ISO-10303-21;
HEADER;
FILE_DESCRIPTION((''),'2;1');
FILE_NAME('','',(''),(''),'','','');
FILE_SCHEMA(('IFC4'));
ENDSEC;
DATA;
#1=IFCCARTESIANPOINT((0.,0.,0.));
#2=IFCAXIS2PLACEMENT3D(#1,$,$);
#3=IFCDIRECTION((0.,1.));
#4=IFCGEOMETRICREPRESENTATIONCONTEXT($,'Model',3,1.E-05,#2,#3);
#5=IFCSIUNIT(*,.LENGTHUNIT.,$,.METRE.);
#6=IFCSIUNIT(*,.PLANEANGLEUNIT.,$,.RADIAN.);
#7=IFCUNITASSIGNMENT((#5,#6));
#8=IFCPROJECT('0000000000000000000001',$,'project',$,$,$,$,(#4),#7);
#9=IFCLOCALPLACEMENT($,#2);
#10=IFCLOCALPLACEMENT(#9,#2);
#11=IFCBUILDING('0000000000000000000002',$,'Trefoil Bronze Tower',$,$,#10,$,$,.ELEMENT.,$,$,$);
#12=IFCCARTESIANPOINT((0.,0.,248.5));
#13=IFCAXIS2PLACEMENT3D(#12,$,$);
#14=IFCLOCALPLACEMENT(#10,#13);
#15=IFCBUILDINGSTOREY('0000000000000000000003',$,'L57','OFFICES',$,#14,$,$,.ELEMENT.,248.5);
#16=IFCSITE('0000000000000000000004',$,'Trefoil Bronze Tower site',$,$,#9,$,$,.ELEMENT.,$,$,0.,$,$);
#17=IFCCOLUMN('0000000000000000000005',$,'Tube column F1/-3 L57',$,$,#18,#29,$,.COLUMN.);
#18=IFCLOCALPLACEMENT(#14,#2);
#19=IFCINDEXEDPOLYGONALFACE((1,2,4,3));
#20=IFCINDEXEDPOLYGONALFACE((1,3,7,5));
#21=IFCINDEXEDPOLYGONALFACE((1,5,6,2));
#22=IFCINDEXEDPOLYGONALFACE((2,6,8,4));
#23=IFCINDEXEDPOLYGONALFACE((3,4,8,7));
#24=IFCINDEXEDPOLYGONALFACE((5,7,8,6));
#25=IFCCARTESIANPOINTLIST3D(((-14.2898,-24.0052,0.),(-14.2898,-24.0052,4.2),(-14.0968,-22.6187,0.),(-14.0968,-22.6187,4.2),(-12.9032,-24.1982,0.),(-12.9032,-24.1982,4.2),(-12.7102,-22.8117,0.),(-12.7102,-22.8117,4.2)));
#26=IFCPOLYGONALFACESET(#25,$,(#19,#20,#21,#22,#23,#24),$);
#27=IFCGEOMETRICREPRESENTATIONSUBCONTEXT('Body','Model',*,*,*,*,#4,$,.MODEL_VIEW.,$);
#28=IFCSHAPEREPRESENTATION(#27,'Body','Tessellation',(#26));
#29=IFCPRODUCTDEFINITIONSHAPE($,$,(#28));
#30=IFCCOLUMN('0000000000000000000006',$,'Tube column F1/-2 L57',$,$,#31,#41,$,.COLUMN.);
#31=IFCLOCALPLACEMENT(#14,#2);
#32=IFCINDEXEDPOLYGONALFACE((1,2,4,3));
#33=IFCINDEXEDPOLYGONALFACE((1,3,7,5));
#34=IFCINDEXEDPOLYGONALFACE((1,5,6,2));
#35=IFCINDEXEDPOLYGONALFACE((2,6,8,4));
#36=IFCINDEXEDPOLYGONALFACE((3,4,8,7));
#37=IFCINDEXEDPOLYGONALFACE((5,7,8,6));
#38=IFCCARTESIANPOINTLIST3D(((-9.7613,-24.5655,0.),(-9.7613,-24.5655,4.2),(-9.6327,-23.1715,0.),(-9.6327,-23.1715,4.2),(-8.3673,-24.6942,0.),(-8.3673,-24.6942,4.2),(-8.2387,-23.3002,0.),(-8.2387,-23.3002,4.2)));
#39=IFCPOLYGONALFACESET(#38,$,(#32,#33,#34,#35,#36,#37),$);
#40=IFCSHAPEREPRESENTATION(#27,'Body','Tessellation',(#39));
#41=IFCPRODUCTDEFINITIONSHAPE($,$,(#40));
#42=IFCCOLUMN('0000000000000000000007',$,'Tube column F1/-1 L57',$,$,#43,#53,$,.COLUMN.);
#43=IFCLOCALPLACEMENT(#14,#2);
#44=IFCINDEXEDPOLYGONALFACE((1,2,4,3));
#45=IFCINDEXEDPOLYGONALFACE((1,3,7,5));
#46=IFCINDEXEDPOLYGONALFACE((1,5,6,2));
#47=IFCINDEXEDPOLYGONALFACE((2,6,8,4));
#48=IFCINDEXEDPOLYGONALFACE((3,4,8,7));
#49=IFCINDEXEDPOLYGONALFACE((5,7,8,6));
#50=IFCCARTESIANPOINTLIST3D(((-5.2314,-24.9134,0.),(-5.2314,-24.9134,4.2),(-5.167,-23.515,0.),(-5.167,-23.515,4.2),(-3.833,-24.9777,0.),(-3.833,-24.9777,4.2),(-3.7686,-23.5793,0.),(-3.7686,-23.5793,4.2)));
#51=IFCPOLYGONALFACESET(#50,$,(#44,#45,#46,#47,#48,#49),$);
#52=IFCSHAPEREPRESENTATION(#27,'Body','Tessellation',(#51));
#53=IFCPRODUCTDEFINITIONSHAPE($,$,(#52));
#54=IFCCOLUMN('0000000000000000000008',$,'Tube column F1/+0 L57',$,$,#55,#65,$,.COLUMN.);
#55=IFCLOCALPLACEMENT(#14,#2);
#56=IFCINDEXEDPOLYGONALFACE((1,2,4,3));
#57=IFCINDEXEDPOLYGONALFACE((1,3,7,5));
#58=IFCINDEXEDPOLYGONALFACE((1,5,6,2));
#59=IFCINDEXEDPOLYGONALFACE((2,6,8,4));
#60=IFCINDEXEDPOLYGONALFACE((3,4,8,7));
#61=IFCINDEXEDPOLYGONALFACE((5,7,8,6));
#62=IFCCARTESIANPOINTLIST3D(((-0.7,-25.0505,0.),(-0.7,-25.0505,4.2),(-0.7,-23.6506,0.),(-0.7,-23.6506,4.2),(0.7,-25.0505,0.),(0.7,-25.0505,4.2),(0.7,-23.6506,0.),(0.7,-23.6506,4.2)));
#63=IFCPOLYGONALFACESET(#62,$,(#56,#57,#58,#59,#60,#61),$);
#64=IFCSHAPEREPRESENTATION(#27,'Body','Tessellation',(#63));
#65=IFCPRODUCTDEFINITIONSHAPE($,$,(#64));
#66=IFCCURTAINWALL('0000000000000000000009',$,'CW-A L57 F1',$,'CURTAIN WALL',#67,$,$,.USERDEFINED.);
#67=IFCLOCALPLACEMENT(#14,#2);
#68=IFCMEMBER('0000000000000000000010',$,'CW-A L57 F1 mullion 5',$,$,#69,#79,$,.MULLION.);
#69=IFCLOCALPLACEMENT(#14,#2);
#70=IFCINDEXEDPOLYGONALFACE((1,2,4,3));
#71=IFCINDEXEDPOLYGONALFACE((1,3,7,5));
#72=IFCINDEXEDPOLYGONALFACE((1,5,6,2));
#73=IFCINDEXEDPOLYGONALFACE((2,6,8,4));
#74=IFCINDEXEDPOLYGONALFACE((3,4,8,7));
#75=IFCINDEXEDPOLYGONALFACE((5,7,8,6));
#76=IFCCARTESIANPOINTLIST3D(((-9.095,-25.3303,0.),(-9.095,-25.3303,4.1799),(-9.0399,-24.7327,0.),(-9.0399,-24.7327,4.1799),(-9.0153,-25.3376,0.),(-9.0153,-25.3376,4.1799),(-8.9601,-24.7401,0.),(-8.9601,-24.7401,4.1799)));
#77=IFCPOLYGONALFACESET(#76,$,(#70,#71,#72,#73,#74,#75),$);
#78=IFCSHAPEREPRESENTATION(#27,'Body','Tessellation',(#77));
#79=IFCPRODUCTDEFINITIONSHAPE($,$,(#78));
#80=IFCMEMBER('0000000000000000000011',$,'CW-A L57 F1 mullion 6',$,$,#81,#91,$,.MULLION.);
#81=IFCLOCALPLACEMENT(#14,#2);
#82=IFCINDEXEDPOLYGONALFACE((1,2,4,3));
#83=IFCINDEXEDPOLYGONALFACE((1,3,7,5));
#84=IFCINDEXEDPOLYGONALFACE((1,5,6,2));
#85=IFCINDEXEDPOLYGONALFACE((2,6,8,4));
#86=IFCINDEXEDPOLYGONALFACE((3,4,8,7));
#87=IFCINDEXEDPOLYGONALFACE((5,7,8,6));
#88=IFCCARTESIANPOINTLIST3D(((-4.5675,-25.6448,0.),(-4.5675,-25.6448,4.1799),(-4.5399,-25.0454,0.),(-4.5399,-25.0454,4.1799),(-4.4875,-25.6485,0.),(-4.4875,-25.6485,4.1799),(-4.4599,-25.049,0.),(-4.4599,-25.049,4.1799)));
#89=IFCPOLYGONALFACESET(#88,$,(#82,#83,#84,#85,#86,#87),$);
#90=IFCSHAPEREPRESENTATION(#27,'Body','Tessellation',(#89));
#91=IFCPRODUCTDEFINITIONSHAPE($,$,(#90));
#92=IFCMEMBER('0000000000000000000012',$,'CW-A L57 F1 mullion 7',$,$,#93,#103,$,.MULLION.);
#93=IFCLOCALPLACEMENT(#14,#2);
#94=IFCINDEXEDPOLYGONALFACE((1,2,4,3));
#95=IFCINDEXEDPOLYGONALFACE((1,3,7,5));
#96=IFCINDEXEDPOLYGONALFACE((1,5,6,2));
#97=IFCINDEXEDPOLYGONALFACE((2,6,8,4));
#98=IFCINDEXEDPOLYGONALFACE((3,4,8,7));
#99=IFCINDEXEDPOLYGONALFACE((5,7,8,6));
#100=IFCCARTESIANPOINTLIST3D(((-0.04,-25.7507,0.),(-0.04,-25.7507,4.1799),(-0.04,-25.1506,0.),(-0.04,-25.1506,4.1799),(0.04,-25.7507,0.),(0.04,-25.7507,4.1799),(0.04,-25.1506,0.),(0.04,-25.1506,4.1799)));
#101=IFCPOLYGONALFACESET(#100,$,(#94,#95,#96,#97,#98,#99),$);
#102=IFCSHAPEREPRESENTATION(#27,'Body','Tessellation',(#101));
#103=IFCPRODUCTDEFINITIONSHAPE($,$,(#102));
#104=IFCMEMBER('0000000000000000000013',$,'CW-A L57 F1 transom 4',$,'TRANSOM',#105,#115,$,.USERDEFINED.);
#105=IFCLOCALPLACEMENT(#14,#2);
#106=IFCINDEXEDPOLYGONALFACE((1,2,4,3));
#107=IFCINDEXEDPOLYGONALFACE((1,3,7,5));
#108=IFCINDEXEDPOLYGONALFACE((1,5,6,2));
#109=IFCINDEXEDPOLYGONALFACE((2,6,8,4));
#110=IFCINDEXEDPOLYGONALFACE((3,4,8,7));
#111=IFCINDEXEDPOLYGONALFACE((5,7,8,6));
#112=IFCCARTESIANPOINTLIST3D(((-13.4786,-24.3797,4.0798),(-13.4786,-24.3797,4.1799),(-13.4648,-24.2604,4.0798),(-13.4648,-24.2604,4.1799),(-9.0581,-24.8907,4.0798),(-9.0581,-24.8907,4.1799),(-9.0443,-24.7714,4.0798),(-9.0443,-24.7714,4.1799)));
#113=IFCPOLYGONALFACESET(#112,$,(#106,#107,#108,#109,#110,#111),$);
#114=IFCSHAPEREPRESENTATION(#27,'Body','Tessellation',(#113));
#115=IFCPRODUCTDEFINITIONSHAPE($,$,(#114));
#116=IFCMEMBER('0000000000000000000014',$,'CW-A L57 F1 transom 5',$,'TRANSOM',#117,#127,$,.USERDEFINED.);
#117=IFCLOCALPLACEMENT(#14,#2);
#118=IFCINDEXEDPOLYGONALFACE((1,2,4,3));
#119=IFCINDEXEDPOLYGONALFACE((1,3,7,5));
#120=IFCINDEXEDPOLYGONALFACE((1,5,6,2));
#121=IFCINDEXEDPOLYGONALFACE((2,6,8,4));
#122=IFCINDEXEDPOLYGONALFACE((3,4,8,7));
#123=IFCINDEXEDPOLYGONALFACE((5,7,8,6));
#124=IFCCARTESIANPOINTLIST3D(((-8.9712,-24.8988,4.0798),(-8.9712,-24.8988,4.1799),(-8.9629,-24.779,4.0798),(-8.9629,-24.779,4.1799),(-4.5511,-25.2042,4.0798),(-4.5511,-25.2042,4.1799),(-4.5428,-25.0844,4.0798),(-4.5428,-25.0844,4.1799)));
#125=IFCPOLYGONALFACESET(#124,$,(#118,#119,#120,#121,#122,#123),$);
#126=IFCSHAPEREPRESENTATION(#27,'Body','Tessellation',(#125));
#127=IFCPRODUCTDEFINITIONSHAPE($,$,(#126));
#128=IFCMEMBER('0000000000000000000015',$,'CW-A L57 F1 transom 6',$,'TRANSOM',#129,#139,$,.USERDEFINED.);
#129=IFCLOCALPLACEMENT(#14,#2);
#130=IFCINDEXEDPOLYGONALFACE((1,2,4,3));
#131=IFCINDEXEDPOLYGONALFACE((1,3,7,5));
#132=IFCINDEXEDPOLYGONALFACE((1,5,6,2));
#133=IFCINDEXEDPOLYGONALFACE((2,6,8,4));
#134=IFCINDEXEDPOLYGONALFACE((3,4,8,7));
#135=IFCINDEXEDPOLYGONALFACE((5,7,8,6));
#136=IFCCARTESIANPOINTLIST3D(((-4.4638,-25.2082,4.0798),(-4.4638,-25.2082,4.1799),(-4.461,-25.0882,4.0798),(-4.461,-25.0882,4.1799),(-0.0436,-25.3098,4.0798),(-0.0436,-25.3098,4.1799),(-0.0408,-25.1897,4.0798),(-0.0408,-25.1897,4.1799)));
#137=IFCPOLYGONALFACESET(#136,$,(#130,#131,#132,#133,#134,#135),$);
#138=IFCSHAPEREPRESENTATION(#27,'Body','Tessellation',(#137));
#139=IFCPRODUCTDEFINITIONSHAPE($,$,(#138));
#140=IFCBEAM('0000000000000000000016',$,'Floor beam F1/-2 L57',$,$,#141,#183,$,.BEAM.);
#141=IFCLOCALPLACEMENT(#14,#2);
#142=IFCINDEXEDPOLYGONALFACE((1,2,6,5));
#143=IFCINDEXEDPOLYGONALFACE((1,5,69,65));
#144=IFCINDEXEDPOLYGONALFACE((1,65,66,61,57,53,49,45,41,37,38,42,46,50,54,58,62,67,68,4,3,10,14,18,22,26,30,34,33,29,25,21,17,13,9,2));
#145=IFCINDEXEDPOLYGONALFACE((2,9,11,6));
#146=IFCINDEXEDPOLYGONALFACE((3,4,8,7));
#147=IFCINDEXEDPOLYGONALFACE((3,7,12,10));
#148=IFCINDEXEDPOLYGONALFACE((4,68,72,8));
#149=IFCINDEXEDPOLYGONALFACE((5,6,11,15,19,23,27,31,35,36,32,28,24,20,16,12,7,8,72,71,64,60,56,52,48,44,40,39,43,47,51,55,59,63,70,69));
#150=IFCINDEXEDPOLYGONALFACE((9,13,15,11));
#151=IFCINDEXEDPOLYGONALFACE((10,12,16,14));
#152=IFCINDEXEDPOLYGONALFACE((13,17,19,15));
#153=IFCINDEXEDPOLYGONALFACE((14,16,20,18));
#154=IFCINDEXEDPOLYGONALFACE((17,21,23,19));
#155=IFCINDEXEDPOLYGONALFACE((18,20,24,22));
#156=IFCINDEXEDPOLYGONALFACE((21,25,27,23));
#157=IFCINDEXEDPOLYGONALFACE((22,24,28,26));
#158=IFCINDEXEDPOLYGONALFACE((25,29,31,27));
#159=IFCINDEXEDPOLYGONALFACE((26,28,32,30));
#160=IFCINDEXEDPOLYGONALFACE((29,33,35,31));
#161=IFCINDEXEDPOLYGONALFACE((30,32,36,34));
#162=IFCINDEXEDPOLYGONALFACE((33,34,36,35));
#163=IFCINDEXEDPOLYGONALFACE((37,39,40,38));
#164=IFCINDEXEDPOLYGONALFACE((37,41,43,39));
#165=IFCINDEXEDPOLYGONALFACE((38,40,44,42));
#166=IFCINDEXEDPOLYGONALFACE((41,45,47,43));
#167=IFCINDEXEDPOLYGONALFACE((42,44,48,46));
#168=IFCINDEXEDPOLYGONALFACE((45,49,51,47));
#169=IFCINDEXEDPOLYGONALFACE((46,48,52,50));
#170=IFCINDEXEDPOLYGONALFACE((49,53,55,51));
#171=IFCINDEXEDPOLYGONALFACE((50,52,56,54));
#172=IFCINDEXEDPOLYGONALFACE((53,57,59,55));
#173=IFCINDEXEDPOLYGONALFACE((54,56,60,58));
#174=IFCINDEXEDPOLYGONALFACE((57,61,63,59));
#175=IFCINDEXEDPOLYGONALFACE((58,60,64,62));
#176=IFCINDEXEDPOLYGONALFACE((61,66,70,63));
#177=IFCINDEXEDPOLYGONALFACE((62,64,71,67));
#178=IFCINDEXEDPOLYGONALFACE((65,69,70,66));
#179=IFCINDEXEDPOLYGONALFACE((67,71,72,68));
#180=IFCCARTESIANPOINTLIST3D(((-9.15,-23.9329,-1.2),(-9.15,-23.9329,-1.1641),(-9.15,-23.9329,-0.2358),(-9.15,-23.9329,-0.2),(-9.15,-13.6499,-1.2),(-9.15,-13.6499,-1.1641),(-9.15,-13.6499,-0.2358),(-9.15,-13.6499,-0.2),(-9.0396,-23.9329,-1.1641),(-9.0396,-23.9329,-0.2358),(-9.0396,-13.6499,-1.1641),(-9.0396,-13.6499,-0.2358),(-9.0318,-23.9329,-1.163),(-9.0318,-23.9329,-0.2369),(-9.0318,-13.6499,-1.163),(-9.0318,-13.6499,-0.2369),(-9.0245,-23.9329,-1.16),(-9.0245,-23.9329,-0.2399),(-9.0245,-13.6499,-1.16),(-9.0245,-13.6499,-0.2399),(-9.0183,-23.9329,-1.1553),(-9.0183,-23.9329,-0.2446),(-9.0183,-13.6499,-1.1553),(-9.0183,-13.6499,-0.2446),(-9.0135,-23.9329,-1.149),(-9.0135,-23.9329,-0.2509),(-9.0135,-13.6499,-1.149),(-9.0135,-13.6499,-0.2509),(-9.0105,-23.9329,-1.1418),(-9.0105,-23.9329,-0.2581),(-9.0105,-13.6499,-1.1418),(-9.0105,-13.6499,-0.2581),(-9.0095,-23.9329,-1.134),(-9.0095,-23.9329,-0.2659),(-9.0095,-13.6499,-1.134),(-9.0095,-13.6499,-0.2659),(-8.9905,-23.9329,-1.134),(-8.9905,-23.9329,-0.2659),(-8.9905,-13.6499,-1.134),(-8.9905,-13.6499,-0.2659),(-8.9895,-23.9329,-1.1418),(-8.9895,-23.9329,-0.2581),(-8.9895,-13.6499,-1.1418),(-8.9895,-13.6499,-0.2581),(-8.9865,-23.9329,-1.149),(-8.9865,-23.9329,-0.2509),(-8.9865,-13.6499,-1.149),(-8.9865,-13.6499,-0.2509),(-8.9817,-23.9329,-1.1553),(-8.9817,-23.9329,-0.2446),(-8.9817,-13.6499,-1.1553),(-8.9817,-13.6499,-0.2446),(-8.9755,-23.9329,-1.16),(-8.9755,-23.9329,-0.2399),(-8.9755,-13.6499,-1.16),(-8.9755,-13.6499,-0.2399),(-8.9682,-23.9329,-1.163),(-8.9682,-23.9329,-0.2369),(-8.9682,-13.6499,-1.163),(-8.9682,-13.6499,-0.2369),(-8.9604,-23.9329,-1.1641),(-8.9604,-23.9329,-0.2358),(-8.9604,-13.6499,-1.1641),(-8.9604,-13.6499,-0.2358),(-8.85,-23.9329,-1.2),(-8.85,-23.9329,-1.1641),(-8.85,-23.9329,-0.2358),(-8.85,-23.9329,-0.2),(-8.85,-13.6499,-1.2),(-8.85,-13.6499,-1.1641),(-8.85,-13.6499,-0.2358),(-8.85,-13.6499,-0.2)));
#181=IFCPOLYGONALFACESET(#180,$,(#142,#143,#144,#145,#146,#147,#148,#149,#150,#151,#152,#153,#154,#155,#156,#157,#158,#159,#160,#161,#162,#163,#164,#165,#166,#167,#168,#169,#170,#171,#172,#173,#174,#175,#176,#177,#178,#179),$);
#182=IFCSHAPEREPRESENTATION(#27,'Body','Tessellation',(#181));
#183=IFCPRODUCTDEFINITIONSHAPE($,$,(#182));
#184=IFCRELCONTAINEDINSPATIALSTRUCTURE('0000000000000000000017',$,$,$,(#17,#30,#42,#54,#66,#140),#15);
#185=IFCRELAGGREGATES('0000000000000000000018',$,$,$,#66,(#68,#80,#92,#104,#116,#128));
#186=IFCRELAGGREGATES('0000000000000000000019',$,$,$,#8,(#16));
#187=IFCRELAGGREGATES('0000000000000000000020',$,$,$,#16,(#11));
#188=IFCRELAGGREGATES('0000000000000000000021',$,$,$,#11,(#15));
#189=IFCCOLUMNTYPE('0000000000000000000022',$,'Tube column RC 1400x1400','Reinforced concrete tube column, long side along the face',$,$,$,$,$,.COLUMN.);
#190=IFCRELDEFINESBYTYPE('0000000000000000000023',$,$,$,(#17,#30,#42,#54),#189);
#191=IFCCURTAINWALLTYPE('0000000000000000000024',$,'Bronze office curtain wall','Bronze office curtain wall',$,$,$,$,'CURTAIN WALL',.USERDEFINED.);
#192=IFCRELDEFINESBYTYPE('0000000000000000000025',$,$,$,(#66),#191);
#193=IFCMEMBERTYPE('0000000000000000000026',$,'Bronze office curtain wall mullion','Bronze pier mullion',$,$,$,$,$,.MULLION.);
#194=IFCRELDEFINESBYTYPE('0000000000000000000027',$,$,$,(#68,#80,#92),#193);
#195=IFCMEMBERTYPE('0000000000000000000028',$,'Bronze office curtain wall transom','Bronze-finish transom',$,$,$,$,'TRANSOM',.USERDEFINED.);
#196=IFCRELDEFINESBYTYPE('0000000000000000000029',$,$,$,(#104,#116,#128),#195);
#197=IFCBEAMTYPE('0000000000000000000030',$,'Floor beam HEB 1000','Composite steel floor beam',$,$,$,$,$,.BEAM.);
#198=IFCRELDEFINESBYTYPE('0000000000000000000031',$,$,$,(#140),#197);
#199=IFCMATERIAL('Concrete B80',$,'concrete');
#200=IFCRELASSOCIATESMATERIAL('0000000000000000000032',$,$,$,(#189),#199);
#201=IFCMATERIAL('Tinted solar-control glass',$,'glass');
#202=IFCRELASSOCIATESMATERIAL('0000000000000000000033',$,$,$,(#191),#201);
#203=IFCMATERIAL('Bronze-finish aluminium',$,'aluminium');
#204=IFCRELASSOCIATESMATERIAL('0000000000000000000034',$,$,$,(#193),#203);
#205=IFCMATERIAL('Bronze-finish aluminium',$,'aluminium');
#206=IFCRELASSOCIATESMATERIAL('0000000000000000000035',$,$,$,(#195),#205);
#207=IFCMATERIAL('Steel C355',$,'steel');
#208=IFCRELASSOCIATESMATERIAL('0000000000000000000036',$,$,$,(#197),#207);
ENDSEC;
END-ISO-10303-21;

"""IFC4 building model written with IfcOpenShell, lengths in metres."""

from ifc_helpers import new_model, si_unit, direction, frame, origin, origin_2d, place, context, subcontext, project, spatial, rectangle, i_section, extrude, material, material_profile, profile_set, type_object, element, aggregate, save


model = new_model("IFC4")

# Units and contexts
model_context = context("Model", 3, precision=1e-05, world=origin(), true_north=direction((0.0, 1.0)))
body_context = subcontext(model_context, "Body", "Model", "MODEL_VIEW")
ifc_project = project(units=[si_unit("LENGTHUNIT", "METRE"), si_unit("PLANEANGLEUNIT", "RADIAN")], contexts=[model_context])

# Site, building, storey
site_placement = place(None, origin())
site = spatial("IfcSite", under=ifc_project, at=site_placement, Name="Trefoil Bronze Tower site", CompositionType="ELEMENT", RefElevation=0.0)
building_placement = place(site_placement, origin())
building = spatial("IfcBuilding", under=site, at=building_placement, Name="Trefoil Bronze Tower", CompositionType="ELEMENT")
storey_placement = place(building_placement, frame((0.0, 0.0, 248.5)))
storey = spatial("IfcBuildingStorey", under=building, at=storey_placement, Name="L57", Description="OFFICES", CompositionType="ELEMENT", Elevation=248.5)

# Columns
ifc_material_1 = material(Name="Concrete B80", Category="concrete")
ifc_material_profile_1 = material_profile(ifc_material_1, rectangle(XDim=1.3999, YDim=1.3999, at=origin_2d()), Name="RC 1400x1400")
ifc_profile_set_1 = profile_set([ifc_material_profile_1], Name="Concrete B80")
column_type = type_object("IfcColumnType", Name="Tube column RC 1400x1400", Description="Reinforced concrete tube column, long side along the face", PredefinedType="COLUMN", material=ifc_profile_set_1)
for number, where, z_axis, x_axis, name in (
    (1, (-13.5, -23.4084, 0.0), (0.0, 0.0, 1.0), (0.990451, -0.137868, 0.0), "Tube column F1/-3 L57"),
    (2, (-9.0, -23.9329, 0.0), (0.0, 0.0, 1.0), (0.995767, -0.091911, 0.0), "Tube column F1/-2 L57"),
    (3, (-4.5, -24.2463, 0.0), (0.0, 0.0, 1.0), (0.998943, -0.045956, 0.0), "Tube column F1/-1 L57"),
    (4, (0.0, -24.3506, 0.0), (0.0, 0.0, 1.0), (1.0, 0.0, 0.0), "Tube column F1/+0 L57"),
):
    element("IfcColumn", number, at=place(storey_placement, frame(where, z_axis=z_axis, x_axis=x_axis)), inside=storey, type_object=column_type, Name=name, PredefinedType="COLUMN", context=body_context, shape_type="SweptSolid", body=[
        extrude(rectangle(XDim=1.3999, YDim=1.3999, at=origin_2d()), origin(), (0.0, 0.0, 1.0), 4.2),
    ])

# Curtain wall, members
ifc_material_2 = material(Name="Tinted solar-control glass", Category="glass")
curtain_wall_type = type_object("IfcCurtainWallType", Name="Bronze office curtain wall", Description="Bronze office curtain wall", ElementType="CURTAIN WALL", PredefinedType="USERDEFINED", material=ifc_material_2)
curtain_wall_placement = place(storey_placement, origin())
curtain_wall = element("IfcCurtainWall", 5, at=curtain_wall_placement, inside=storey, type_object=curtain_wall_type, Name="CW-A L57 F1", ObjectType="CURTAIN WALL", PredefinedType="USERDEFINED")
ifc_material_3 = material(Name="Bronze-finish aluminium", Category="aluminium")
ifc_material_profile_2 = material_profile(ifc_material_3, rectangle(XDim=0.6001, YDim=0.0801, at=origin_2d()), Name="CW-A mullion")
ifc_profile_set_2 = profile_set([ifc_material_profile_2], Name="Bronze-finish aluminium")
member_type_1 = type_object("IfcMemberType", Name="Bronze office curtain wall mullion", Description="Bronze pier mullion", PredefinedType="MULLION", material=ifc_profile_set_2)
member_1_placement = place(storey_placement, frame((-9.0276, -25.0352, 0.0), z_axis=(0.0, 0.0, 1.0), x_axis=(0.091911, 0.995767, 0.0)))
member_1 = element("IfcMember", 6, at=member_1_placement, type_object=member_type_1, Name="CW-A L57 F1 mullion 5", PredefinedType="MULLION", context=body_context, shape_type="SweptSolid", body=[
    extrude(rectangle(XDim=0.6001, YDim=0.0801, at=origin_2d()), origin(), (0.0, 0.0, 1.0), 4.1799),
])
member_2_placement = place(storey_placement, frame((-4.5137, -25.3469, 0.0), z_axis=(0.0, 0.0, 1.0), x_axis=(0.045956, 0.998943, 0.0)))
member_2 = element("IfcMember", 7, at=member_2_placement, type_object=member_type_1, Name="CW-A L57 F1 mullion 6", PredefinedType="MULLION", context=body_context, shape_type="SweptSolid", body=[
    extrude(rectangle(XDim=0.6001, YDim=0.0801, at=origin_2d()), origin(), (0.0, 0.0, 1.0), 4.1799),
])
member_3_placement = place(storey_placement, frame((0.0, -25.4507, 0.0), z_axis=(0.0, 0.0, 1.0), x_axis=(0.0, 1.0, 0.0)))
member_3 = element("IfcMember", 8, at=member_3_placement, type_object=member_type_1, Name="CW-A L57 F1 mullion 7", PredefinedType="MULLION", context=body_context, shape_type="SweptSolid", body=[
    extrude(rectangle(XDim=0.6001, YDim=0.0801, at=origin_2d()), origin(), (0.0, 0.0, 1.0), 4.1799),
])
ifc_material_4 = material(Name="Bronze-finish aluminium", Category="aluminium")
ifc_material_profile_3 = material_profile(ifc_material_4, rectangle(XDim=0.1201, YDim=0.1001, at=origin_2d()), Name="CW-A transom")
ifc_profile_set_3 = profile_set([ifc_material_profile_3], Name="Bronze-finish aluminium")
member_type_2 = type_object("IfcMemberType", Name="Bronze office curtain wall transom", Description="Bronze-finish transom", ElementType="TRANSOM", PredefinedType="USERDEFINED", material=ifc_profile_set_3)
member_4_placement = place(storey_placement, frame((-13.4717, -24.3201, 4.1299), z_axis=(0.993385, -0.114832, 0.0), x_axis=(0.114832, 0.993385, 0.0)))
member_4 = element("IfcMember", 9, at=member_4_placement, type_object=member_type_2, Name="CW-A L57 F1 transom 4", ObjectType="TRANSOM", PredefinedType="USERDEFINED", context=body_context, shape_type="SweptSolid", body=[
    extrude(rectangle(XDim=0.1201, YDim=0.1001, at=origin_2d()), origin(), (0.0, 0.0, 1.0), 4.45),
])
member_5_placement = place(storey_placement, frame((-8.967, -24.8389, 4.1299), z_axis=(0.997621, -0.068933, 0.0), x_axis=(0.068933, 0.997621, 0.0)))
member_5 = element("IfcMember", 10, at=member_5_placement, type_object=member_type_2, Name="CW-A L57 F1 transom 5", ObjectType="TRANSOM", PredefinedType="USERDEFINED", context=body_context, shape_type="SweptSolid", body=[
    extrude(rectangle(XDim=0.1201, YDim=0.1001, at=origin_2d()), origin(), (0.0, 0.0, 1.0), 4.4307),
])
member_6_placement = place(storey_placement, frame((-4.4624, -25.1482, 4.1299), z_axis=(0.999736, -0.022971, 0.0), x_axis=(0.022971, 0.999736, 0.0)))
member_6 = element("IfcMember", 11, at=member_6_placement, type_object=member_type_2, Name="CW-A L57 F1 transom 6", ObjectType="TRANSOM", PredefinedType="USERDEFINED", context=body_context, shape_type="SweptSolid", body=[
    extrude(rectangle(XDim=0.1201, YDim=0.1001, at=origin_2d()), origin(), (0.0, 0.0, 1.0), 4.4214),
])

# Beam
ifc_material_5 = material(Name="Steel C355", Category="steel")
ifc_material_profile_4 = material_profile(ifc_material_5, i_section(OverallWidth=0.3, OverallDepth=1.0, WebThickness=0.019, FlangeThickness=0.0359, FilletRadius=0.03, at=origin_2d()), Name="HEB 1000")
ifc_profile_set_4 = profile_set([ifc_material_profile_4], Name="Steel C355")
beam_type_1 = type_object("IfcBeamType", Name="Floor beam HEB 1000", Description="Composite steel floor beam", PredefinedType="BEAM", material=ifc_profile_set_4)
beam_1_placement = place(storey_placement, frame((-9.0, -23.9329, -0.7), z_axis=(0.0, 1.0, 0.0), x_axis=(-1.0, 0.0, 0.0)))
element("IfcBeam", 12, at=beam_1_placement, inside=storey, type_object=beam_type_1, Name="Floor beam F1/-2 L57", PredefinedType="BEAM", context=body_context, shape_type="SweptSolid", body=[
    extrude(i_section(OverallWidth=0.3, OverallDepth=1.0, WebThickness=0.019, FlangeThickness=0.0359, FilletRadius=0.03, at=origin_2d()), origin(), (0.0, 0.0, 1.0), 10.283),
])

aggregate(curtain_wall, [member_1, member_2, member_3, member_4, member_5, member_6])

save(model, "model.ifc")
